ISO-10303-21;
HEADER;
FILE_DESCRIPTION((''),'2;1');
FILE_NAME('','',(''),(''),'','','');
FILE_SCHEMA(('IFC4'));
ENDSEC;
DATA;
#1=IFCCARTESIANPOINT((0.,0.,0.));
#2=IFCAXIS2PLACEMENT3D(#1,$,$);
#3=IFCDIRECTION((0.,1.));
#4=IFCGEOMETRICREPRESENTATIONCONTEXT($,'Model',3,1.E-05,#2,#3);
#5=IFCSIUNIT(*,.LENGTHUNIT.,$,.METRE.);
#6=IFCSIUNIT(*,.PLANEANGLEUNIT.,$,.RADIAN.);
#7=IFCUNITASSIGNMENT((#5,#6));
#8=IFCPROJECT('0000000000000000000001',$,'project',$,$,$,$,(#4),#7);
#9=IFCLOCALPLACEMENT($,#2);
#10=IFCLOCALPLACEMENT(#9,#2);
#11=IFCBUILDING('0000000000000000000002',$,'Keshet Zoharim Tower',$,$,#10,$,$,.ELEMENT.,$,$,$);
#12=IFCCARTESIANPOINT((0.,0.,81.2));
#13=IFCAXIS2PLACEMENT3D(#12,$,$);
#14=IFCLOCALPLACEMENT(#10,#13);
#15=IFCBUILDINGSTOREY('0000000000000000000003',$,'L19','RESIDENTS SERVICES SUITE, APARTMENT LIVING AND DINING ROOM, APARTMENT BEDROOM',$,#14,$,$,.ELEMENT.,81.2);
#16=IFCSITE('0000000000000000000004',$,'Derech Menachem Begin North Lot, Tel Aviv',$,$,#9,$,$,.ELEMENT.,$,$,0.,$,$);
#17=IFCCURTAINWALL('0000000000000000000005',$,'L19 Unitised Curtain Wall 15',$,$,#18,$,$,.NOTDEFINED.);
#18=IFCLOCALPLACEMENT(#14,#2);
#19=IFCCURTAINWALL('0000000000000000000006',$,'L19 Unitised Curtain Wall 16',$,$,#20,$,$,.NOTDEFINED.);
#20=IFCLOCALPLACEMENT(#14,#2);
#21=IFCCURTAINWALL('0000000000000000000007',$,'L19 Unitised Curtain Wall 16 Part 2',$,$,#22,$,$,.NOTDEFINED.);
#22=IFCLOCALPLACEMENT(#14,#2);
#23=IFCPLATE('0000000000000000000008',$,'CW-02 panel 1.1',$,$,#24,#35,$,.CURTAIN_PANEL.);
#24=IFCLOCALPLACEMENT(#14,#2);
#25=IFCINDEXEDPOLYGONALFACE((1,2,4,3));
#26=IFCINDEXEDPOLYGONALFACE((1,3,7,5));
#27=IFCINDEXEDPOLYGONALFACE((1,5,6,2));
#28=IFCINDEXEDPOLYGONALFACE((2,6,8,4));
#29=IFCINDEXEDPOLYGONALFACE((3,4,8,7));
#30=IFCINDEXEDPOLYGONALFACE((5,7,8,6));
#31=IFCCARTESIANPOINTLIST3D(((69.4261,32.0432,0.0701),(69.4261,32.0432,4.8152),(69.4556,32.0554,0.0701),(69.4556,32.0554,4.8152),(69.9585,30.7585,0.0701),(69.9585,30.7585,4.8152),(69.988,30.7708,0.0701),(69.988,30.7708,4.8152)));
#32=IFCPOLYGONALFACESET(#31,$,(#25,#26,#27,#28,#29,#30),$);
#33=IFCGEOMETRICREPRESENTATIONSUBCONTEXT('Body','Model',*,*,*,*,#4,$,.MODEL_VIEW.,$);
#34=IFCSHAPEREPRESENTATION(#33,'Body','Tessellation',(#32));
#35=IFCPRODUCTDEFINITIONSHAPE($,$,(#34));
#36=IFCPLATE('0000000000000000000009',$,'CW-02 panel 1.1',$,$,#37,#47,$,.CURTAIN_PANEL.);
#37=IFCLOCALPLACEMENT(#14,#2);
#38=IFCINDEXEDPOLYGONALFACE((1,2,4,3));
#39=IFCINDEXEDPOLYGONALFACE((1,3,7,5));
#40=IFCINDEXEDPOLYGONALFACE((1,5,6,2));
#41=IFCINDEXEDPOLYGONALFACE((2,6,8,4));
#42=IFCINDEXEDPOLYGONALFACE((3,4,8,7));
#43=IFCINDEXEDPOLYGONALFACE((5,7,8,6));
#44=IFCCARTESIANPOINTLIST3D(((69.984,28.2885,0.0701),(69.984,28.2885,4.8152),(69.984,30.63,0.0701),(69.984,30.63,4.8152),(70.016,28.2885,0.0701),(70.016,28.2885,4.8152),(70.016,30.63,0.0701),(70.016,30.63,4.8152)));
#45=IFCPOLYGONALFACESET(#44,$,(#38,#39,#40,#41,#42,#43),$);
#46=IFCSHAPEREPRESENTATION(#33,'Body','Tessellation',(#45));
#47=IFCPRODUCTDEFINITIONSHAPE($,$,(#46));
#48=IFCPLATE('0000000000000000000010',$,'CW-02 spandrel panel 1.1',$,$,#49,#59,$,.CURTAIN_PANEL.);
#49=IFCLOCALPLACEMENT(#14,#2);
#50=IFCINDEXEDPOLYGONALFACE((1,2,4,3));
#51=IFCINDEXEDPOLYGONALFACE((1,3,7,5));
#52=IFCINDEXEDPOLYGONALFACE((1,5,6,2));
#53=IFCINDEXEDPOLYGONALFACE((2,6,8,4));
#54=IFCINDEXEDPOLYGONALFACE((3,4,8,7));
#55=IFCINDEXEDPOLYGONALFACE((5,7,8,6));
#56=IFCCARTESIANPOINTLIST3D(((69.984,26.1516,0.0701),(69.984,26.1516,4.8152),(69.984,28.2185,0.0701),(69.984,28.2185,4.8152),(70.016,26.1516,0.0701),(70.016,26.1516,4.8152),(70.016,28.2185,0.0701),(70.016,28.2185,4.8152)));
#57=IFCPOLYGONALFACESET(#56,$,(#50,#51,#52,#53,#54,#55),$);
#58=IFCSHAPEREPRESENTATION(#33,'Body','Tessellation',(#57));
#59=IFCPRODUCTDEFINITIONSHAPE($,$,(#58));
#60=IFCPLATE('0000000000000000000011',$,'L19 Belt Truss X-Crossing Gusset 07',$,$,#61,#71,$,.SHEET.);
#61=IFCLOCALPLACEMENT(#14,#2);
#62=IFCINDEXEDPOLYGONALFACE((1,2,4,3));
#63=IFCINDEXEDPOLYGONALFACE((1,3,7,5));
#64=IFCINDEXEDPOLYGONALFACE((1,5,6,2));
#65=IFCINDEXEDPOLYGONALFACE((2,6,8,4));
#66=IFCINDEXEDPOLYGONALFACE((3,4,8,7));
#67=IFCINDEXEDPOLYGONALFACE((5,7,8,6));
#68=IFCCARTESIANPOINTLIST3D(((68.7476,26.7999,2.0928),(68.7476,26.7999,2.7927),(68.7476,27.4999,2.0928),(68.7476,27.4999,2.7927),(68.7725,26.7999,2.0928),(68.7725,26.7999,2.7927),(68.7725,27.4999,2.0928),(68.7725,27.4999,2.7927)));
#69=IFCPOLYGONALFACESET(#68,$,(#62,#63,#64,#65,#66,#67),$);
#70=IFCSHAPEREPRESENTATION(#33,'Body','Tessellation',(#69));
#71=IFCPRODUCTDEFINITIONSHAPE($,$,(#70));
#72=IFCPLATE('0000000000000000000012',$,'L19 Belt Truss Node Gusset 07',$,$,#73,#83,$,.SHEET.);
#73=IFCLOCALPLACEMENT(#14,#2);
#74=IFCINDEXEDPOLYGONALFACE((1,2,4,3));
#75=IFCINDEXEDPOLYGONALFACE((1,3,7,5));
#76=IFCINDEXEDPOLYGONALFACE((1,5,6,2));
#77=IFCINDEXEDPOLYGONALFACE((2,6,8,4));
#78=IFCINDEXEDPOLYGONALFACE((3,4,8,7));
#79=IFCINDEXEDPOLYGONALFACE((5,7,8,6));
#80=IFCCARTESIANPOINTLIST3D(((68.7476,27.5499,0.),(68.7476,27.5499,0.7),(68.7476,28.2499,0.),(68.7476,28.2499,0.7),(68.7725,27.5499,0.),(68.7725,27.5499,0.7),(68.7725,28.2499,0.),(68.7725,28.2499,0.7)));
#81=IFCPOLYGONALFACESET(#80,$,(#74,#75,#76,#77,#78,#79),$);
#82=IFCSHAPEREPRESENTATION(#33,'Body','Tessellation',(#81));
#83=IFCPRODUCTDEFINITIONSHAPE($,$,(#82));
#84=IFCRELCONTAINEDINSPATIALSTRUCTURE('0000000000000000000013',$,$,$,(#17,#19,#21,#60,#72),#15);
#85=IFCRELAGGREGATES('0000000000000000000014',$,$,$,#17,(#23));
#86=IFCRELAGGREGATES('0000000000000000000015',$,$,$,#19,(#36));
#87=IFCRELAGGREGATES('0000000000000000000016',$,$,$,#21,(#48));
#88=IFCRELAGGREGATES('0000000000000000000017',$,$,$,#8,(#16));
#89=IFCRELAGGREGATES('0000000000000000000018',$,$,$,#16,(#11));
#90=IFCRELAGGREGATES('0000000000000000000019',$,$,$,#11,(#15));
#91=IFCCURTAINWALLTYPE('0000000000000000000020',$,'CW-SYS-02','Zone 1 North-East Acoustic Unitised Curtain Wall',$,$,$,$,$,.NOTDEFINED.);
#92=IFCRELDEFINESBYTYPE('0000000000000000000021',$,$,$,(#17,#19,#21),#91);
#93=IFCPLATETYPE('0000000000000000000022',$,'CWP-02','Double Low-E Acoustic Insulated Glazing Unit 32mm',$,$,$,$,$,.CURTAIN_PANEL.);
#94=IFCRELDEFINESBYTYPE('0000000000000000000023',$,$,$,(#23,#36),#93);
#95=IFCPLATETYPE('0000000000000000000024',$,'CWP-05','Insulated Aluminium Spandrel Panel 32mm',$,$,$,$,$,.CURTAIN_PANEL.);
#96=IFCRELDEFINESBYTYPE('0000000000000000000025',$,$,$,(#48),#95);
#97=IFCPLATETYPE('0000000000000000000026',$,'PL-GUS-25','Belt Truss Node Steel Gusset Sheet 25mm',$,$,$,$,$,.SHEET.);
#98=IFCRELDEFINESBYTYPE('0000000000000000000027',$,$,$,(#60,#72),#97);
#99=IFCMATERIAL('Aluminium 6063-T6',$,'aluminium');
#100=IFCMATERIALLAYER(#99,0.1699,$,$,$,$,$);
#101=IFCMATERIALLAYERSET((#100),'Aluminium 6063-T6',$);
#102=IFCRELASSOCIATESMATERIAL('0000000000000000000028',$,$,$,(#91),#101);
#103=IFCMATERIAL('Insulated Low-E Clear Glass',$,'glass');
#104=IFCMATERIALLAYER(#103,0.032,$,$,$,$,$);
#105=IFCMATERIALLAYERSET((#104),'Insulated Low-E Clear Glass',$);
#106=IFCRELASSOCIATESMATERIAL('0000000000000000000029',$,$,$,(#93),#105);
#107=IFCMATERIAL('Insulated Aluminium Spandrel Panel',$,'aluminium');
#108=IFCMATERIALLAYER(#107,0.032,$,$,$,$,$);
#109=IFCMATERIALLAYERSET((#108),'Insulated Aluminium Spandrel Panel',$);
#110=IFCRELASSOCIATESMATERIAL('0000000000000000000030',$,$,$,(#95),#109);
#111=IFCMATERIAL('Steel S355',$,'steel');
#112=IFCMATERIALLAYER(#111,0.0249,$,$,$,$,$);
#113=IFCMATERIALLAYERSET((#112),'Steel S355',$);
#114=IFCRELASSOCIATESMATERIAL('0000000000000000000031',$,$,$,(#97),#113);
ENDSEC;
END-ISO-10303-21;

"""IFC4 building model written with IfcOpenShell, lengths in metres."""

from ifc_helpers import new_model, si_unit, direction, frame, origin, origin_2d, place, context, subcontext, project, spatial, rectangle, extrude, material, layer, layer_set, type_object, element, aggregate, save


model = new_model("IFC4")

# Units and contexts
model_context = context("Model", 3, precision=1e-05, world=origin(), true_north=direction((0.0, 1.0)))
body_context = subcontext(model_context, "Body", "Model", "MODEL_VIEW")
ifc_project = project(units=[si_unit("LENGTHUNIT", "METRE"), si_unit("PLANEANGLEUNIT", "RADIAN")], contexts=[model_context])

# Site, building, storey
site_placement = place(None, origin())
site = spatial("IfcSite", under=ifc_project, at=site_placement, Name="Derech Menachem Begin North Lot, Tel Aviv", CompositionType="ELEMENT", RefElevation=0.0)
building_placement = place(site_placement, origin())
building = spatial("IfcBuilding", under=site, at=building_placement, Name="Keshet Zoharim Tower", CompositionType="ELEMENT")
storey_placement = place(building_placement, frame((0.0, 0.0, 81.2)))
storey = spatial("IfcBuildingStorey", under=building, at=storey_placement, Name="L19", Description="RESIDENTS SERVICES SUITE, APARTMENT LIVING AND DINING ROOM, APARTMENT BEDROOM", CompositionType="ELEMENT", Elevation=81.2)

# Shared definitions
ifc_material_1 = material(Name="Steel S355", Category="steel")

# Shared definitions
ifc_material_2 = material(Name="Aluminium 6063-T6", Category="aluminium")
ifc_layer_1 = layer(ifc_material_2, 0.1699)
ifc_layer_set_1 = layer_set([ifc_layer_1], Name="Aluminium 6063-T6")
curtain_wall_type = type_object("IfcCurtainWallType", Name="CW-SYS-02", Description="Zone 1 North-East Acoustic Unitised Curtain Wall", PredefinedType="NOTDEFINED", material=ifc_layer_set_1)

# Curtain walls
curtain_wall_1_placement = place(storey_placement, origin())
curtain_wall_1 = element("IfcCurtainWall", 1, at=curtain_wall_1_placement, inside=storey, type_object=curtain_wall_type, Name="L19 Unitised Curtain Wall 15", PredefinedType="NOTDEFINED")
curtain_wall_2_placement = place(storey_placement, origin())
curtain_wall_2 = element("IfcCurtainWall", 2, at=curtain_wall_2_placement, inside=storey, type_object=curtain_wall_type, Name="L19 Unitised Curtain Wall 16", PredefinedType="NOTDEFINED")

# Curtain wall
curtain_wall_3_placement = place(storey_placement, origin())
curtain_wall_3 = element("IfcCurtainWall", 3, at=curtain_wall_3_placement, inside=storey, type_object=curtain_wall_type, Name="L19 Unitised Curtain Wall 16 Part 2", PredefinedType="NOTDEFINED")

# Plates
ifc_material_3 = material(Name="Insulated Low-E Clear Glass", Category="glass")
ifc_layer_2 = layer(ifc_material_3, 0.032)
ifc_layer_set_2 = layer_set([ifc_layer_2], Name="Insulated Low-E Clear Glass")
plate_type_1 = type_object("IfcPlateType", Name="CWP-02", Description="Double Low-E Acoustic Insulated Glazing Unit 32mm", PredefinedType="CURTAIN_PANEL", material=ifc_layer_set_2)
plate_1_placement = place(storey_placement, frame((69.707, 31.407, 0.0701), z_axis=(0.0, 0.0, 1.0), x_axis=(0.382852, -0.92381, 0.0)))
plate_1 = element("IfcPlate", 4, at=plate_1_placement, type_object=plate_type_1, Name="CW-02 panel 1.1", PredefinedType="CURTAIN_PANEL", context=body_context, shape_type="SweptSolid", body=[
    extrude(rectangle(XDim=1.3906, YDim=0.032, at=origin_2d()), origin(), (0.0, 0.0, 1.0), 4.7451),
])
aggregate(curtain_wall_1, [plate_1])
plate_2_placement = place(storey_placement, frame((70.0, 29.4592, 0.0701), z_axis=(0.0, 0.0, 1.0), x_axis=(0.0, -1.0, 0.0)))
plate_2 = element("IfcPlate", 5, at=plate_2_placement, type_object=plate_type_1, Name="CW-02 panel 1.1", PredefinedType="CURTAIN_PANEL", context=body_context, shape_type="SweptSolid", body=[
    extrude(rectangle(XDim=2.3416, YDim=0.032, at=origin_2d()), origin(), (0.0, 0.0, 1.0), 4.7451),
])
aggregate(curtain_wall_2, [plate_2])
ifc_material_4 = material(Name="Insulated Aluminium Spandrel Panel", Category="aluminium")
ifc_layer_3 = layer(ifc_material_4, 0.032)
ifc_layer_set_3 = layer_set([ifc_layer_3], Name="Insulated Aluminium Spandrel Panel")
plate_type_2 = type_object("IfcPlateType", Name="CWP-05", Description="Insulated Aluminium Spandrel Panel 32mm", PredefinedType="CURTAIN_PANEL", material=ifc_layer_set_3)
plate_3_placement = place(storey_placement, frame((70.0, 27.1851, 0.0701), z_axis=(0.0, 0.0, 1.0), x_axis=(0.0, -1.0, 0.0)))
plate_3 = element("IfcPlate", 6, at=plate_3_placement, type_object=plate_type_2, Name="CW-02 spandrel panel 1.1", PredefinedType="CURTAIN_PANEL", context=body_context, shape_type="SweptSolid", body=[
    extrude(rectangle(XDim=2.0669, YDim=0.032, at=origin_2d()), origin(), (0.0, 0.0, 1.0), 4.7451),
])
aggregate(curtain_wall_3, [plate_3])

# Plates
ifc_layer_4 = layer(ifc_material_1, 0.0249)
ifc_layer_set_4 = layer_set([ifc_layer_4], Name="Steel S355")
plate_type_3 = type_object("IfcPlateType", Name="PL-GUS-25", Description="Belt Truss Node Steel Gusset Sheet 25mm", PredefinedType="SHEET", material=ifc_layer_set_4)
for number, where, z_axis, x_axis, name in (
    (7, (68.76, 27.1499, 2.0928), (0.0, 0.0, 1.0), (0.0, -1.0, 0.0), "L19 Belt Truss X-Crossing Gusset 07"),
    (8, (68.76, 27.8999, 0.0), (0.0, 0.0, 1.0), (0.0, -1.0, 0.0), "L19 Belt Truss Node Gusset 07"),
):
    element("IfcPlate", number, at=place(storey_placement, frame(where, z_axis=z_axis, x_axis=x_axis)), inside=storey, type_object=plate_type_3, Name=name, PredefinedType="SHEET", context=body_context, shape_type="SweptSolid", body=[
        extrude(rectangle(XDim=0.7, YDim=0.0249, at=origin_2d()), origin(), (0.0, 0.0, 1.0), 0.7),
    ])

save(model, "model.ifc")
